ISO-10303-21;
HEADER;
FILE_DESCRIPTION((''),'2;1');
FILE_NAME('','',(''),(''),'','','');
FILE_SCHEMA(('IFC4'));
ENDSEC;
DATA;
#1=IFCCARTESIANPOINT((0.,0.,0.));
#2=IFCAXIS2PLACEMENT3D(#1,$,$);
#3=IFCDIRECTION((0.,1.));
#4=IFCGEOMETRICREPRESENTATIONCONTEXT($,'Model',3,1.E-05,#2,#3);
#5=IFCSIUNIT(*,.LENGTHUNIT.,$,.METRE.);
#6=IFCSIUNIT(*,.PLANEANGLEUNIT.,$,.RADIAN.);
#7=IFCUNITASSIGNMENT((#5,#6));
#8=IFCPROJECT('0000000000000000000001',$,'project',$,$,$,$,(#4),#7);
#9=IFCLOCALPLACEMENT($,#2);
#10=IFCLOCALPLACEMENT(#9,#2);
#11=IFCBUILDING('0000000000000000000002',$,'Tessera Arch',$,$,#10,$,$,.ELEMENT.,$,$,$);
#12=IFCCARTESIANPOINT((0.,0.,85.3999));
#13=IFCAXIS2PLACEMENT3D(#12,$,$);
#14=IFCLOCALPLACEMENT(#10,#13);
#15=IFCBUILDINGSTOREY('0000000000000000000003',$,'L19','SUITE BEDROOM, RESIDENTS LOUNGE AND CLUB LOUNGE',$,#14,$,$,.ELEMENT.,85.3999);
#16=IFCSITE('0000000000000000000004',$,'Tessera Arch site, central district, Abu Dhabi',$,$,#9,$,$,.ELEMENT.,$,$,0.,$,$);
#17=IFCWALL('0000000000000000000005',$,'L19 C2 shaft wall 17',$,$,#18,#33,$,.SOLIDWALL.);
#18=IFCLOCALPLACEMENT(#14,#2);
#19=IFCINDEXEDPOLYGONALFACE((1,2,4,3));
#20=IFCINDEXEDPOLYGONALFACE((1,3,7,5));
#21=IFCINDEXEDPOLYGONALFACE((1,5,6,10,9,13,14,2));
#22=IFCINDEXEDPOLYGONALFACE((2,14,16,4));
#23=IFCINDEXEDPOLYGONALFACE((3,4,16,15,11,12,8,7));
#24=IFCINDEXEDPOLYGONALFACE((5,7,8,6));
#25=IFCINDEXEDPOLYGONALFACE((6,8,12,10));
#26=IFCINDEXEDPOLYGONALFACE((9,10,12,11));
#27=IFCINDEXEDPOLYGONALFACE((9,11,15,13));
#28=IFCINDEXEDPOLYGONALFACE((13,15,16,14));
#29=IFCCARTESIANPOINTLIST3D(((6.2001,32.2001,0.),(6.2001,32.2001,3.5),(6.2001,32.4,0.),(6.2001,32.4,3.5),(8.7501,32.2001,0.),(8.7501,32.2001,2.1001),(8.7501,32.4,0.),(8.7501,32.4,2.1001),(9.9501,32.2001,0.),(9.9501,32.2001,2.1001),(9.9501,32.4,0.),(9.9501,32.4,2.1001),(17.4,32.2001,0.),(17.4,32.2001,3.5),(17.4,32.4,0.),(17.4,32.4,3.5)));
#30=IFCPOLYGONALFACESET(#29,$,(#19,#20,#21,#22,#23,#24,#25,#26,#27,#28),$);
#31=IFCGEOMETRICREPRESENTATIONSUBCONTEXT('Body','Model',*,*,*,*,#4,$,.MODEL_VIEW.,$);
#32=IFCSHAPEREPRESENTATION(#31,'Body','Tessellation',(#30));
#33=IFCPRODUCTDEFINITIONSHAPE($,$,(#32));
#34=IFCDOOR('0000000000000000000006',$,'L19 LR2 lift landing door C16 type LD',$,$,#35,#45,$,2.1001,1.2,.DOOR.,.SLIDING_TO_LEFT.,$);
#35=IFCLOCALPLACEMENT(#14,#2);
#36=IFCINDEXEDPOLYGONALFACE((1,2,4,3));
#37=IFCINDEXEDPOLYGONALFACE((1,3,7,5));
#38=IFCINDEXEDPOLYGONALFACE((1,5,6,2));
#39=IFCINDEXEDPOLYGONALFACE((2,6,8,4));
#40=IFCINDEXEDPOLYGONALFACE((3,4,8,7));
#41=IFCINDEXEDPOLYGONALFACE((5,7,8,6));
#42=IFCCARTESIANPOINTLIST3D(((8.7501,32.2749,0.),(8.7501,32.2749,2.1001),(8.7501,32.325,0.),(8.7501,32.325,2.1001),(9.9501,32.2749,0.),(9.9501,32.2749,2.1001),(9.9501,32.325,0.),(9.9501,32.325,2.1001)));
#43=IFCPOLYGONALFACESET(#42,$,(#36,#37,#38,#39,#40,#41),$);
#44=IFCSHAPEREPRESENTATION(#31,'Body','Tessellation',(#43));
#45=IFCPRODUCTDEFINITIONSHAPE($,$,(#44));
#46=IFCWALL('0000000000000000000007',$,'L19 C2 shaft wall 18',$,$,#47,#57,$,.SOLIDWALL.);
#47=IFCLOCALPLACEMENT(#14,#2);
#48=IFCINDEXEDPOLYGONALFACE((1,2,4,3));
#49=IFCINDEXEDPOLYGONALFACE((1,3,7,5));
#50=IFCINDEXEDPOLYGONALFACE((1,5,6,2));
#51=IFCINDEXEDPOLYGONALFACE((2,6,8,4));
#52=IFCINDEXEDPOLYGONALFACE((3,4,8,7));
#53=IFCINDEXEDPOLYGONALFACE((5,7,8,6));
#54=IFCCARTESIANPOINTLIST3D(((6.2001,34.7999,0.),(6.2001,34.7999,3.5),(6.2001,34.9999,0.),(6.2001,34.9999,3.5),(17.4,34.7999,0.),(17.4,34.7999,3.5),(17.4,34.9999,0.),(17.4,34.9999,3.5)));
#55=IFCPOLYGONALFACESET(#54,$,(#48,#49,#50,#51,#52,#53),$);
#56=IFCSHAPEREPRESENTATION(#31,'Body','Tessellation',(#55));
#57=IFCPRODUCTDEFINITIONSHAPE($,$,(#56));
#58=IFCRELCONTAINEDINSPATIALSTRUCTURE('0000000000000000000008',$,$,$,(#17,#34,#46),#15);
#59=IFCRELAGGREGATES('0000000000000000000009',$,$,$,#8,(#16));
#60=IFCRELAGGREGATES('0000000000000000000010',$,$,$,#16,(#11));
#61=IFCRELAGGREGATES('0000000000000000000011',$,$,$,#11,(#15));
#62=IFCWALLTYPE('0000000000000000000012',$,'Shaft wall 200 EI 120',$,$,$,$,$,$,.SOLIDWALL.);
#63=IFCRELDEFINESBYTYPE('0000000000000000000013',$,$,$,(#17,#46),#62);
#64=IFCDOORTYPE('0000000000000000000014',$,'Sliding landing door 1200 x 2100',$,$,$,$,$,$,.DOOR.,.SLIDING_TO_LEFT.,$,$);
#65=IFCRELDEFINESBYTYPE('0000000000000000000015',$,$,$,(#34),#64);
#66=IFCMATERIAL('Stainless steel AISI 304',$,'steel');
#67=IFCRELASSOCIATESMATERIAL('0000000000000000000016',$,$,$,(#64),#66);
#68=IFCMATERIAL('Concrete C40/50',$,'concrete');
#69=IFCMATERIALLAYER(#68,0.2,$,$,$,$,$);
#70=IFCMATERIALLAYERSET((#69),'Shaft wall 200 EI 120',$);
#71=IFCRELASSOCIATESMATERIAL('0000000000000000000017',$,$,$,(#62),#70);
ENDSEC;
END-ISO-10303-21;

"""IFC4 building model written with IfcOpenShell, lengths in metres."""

from ifc_helpers import new_model, si_unit, direction, frame, frame_2d, origin, place, context, subcontext, project, spatial, rectangle, extrude, material, layer, layer_set, type_object, element, fill, save


model = new_model("IFC4")

# Units and contexts
model_context = context("Model", 3, precision=1e-05, world=origin(), true_north=direction((0.0, 1.0)))
body_context = subcontext(model_context, "Body", "Model", "MODEL_VIEW")
ifc_project = project(units=[si_unit("LENGTHUNIT", "METRE"), si_unit("PLANEANGLEUNIT", "RADIAN")], contexts=[model_context])

# Site, building, storey
site_placement = place(None, origin())
site = spatial("IfcSite", under=ifc_project, at=site_placement, Name="Tessera Arch site, central district, Abu Dhabi", CompositionType="ELEMENT", RefElevation=0.0)
building_placement = place(site_placement, origin())
building = spatial("IfcBuilding", under=site, at=building_placement, Name="Tessera Arch", CompositionType="ELEMENT")
storey_placement = place(building_placement, frame((0.0, 0.0, 85.3999)))
storey = spatial("IfcBuildingStorey", under=building, at=storey_placement, Name="L19", Description="SUITE BEDROOM, RESIDENTS LOUNGE AND CLUB LOUNGE", CompositionType="ELEMENT", Elevation=85.3999)

# Shared definitions
ifc_material_1 = material(Name="Stainless steel AISI 304", Category="steel")
door_type_1 = type_object("IfcDoorType", Name="Sliding landing door 1200 x 2100", OperationType="SLIDING_TO_LEFT", PredefinedType="DOOR", material=ifc_material_1)

# Shared definitions
ifc_material_2 = material(Name="Concrete C40/50", Category="concrete")
ifc_layer_1 = layer(ifc_material_2, 0.2)
ifc_layer_set_1 = layer_set([ifc_layer_1], Name="Shaft wall 200 EI 120")
wall_type_1 = type_object("IfcWallType", Name="Shaft wall 200 EI 120", PredefinedType="SOLIDWALL", material=ifc_layer_set_1)

# Wall, opening, door
wall_1_placement = place(storey_placement, frame((6.2, 32.3, 0.0), z_axis=(0.0, 0.0, 1.0), x_axis=(1.0, 0.0, 0.0)))
wall_1 = element("IfcWall", 1, at=wall_1_placement, inside=storey, type_object=wall_type_1, Name="L19 C2 shaft wall 17", PredefinedType="SOLIDWALL", context=body_context, shape_type="SweptSolid", body=[
    extrude(rectangle(XDim=11.2, YDim=0.2, at=frame_2d((5.6001, 0.0))), origin(), (0.0, 0.0, 1.0), 3.5),
])
opening_1_placement = place(wall_1_placement, frame((2.55, 0.0, 0.0)))
opening_1 = element("IfcOpeningElement", 2, at=opening_1_placement, cuts=wall_1, PredefinedType="OPENING", context=body_context, shape_type="SweptSolid", body=[
    extrude(rectangle(XDim=1.2, YDim=2.1001, at=frame_2d((0.6001, 1.05))), frame((0.0, 0.1099, 0.0), z_axis=(0.0, -1.0, 0.0), x_axis=(1.0, 0.0, 0.0)), (0.0, 0.0, 1.0), 0.22),
])
door_1_placement = place(opening_1_placement, origin())
door_1 = element("IfcDoor", 3, at=door_1_placement, inside=storey, type_object=door_type_1, Name="L19 LR2 lift landing door C16 type LD", OperationType="SLIDING_TO_LEFT", OverallHeight=2.1001, OverallWidth=1.2, PredefinedType="DOOR", context=body_context, shape_type="SweptSolid", body=[
    extrude(rectangle(XDim=1.2, YDim=2.1001, at=frame_2d((0.6001, 1.05))), frame((0.0, 0.0249, 0.0), z_axis=(0.0, -1.0, 0.0), x_axis=(1.0, 0.0, 0.0)), (0.0, 0.0, 1.0), 0.05),
])
fill(opening_1, door_1)

# Wall
wall_2_placement = place(storey_placement, frame((6.2, 34.8999, 0.0), z_axis=(0.0, 0.0, 1.0), x_axis=(1.0, 0.0, 0.0)))
element("IfcWall", 4, at=wall_2_placement, inside=storey, type_object=wall_type_1, Name="L19 C2 shaft wall 18", PredefinedType="SOLIDWALL", context=body_context, shape_type="SweptSolid", body=[
    extrude(rectangle(XDim=11.2, YDim=0.2, at=frame_2d((5.6001, 0.0))), origin(), (0.0, 0.0, 1.0), 3.5),
])

save(model, "model.ifc")
